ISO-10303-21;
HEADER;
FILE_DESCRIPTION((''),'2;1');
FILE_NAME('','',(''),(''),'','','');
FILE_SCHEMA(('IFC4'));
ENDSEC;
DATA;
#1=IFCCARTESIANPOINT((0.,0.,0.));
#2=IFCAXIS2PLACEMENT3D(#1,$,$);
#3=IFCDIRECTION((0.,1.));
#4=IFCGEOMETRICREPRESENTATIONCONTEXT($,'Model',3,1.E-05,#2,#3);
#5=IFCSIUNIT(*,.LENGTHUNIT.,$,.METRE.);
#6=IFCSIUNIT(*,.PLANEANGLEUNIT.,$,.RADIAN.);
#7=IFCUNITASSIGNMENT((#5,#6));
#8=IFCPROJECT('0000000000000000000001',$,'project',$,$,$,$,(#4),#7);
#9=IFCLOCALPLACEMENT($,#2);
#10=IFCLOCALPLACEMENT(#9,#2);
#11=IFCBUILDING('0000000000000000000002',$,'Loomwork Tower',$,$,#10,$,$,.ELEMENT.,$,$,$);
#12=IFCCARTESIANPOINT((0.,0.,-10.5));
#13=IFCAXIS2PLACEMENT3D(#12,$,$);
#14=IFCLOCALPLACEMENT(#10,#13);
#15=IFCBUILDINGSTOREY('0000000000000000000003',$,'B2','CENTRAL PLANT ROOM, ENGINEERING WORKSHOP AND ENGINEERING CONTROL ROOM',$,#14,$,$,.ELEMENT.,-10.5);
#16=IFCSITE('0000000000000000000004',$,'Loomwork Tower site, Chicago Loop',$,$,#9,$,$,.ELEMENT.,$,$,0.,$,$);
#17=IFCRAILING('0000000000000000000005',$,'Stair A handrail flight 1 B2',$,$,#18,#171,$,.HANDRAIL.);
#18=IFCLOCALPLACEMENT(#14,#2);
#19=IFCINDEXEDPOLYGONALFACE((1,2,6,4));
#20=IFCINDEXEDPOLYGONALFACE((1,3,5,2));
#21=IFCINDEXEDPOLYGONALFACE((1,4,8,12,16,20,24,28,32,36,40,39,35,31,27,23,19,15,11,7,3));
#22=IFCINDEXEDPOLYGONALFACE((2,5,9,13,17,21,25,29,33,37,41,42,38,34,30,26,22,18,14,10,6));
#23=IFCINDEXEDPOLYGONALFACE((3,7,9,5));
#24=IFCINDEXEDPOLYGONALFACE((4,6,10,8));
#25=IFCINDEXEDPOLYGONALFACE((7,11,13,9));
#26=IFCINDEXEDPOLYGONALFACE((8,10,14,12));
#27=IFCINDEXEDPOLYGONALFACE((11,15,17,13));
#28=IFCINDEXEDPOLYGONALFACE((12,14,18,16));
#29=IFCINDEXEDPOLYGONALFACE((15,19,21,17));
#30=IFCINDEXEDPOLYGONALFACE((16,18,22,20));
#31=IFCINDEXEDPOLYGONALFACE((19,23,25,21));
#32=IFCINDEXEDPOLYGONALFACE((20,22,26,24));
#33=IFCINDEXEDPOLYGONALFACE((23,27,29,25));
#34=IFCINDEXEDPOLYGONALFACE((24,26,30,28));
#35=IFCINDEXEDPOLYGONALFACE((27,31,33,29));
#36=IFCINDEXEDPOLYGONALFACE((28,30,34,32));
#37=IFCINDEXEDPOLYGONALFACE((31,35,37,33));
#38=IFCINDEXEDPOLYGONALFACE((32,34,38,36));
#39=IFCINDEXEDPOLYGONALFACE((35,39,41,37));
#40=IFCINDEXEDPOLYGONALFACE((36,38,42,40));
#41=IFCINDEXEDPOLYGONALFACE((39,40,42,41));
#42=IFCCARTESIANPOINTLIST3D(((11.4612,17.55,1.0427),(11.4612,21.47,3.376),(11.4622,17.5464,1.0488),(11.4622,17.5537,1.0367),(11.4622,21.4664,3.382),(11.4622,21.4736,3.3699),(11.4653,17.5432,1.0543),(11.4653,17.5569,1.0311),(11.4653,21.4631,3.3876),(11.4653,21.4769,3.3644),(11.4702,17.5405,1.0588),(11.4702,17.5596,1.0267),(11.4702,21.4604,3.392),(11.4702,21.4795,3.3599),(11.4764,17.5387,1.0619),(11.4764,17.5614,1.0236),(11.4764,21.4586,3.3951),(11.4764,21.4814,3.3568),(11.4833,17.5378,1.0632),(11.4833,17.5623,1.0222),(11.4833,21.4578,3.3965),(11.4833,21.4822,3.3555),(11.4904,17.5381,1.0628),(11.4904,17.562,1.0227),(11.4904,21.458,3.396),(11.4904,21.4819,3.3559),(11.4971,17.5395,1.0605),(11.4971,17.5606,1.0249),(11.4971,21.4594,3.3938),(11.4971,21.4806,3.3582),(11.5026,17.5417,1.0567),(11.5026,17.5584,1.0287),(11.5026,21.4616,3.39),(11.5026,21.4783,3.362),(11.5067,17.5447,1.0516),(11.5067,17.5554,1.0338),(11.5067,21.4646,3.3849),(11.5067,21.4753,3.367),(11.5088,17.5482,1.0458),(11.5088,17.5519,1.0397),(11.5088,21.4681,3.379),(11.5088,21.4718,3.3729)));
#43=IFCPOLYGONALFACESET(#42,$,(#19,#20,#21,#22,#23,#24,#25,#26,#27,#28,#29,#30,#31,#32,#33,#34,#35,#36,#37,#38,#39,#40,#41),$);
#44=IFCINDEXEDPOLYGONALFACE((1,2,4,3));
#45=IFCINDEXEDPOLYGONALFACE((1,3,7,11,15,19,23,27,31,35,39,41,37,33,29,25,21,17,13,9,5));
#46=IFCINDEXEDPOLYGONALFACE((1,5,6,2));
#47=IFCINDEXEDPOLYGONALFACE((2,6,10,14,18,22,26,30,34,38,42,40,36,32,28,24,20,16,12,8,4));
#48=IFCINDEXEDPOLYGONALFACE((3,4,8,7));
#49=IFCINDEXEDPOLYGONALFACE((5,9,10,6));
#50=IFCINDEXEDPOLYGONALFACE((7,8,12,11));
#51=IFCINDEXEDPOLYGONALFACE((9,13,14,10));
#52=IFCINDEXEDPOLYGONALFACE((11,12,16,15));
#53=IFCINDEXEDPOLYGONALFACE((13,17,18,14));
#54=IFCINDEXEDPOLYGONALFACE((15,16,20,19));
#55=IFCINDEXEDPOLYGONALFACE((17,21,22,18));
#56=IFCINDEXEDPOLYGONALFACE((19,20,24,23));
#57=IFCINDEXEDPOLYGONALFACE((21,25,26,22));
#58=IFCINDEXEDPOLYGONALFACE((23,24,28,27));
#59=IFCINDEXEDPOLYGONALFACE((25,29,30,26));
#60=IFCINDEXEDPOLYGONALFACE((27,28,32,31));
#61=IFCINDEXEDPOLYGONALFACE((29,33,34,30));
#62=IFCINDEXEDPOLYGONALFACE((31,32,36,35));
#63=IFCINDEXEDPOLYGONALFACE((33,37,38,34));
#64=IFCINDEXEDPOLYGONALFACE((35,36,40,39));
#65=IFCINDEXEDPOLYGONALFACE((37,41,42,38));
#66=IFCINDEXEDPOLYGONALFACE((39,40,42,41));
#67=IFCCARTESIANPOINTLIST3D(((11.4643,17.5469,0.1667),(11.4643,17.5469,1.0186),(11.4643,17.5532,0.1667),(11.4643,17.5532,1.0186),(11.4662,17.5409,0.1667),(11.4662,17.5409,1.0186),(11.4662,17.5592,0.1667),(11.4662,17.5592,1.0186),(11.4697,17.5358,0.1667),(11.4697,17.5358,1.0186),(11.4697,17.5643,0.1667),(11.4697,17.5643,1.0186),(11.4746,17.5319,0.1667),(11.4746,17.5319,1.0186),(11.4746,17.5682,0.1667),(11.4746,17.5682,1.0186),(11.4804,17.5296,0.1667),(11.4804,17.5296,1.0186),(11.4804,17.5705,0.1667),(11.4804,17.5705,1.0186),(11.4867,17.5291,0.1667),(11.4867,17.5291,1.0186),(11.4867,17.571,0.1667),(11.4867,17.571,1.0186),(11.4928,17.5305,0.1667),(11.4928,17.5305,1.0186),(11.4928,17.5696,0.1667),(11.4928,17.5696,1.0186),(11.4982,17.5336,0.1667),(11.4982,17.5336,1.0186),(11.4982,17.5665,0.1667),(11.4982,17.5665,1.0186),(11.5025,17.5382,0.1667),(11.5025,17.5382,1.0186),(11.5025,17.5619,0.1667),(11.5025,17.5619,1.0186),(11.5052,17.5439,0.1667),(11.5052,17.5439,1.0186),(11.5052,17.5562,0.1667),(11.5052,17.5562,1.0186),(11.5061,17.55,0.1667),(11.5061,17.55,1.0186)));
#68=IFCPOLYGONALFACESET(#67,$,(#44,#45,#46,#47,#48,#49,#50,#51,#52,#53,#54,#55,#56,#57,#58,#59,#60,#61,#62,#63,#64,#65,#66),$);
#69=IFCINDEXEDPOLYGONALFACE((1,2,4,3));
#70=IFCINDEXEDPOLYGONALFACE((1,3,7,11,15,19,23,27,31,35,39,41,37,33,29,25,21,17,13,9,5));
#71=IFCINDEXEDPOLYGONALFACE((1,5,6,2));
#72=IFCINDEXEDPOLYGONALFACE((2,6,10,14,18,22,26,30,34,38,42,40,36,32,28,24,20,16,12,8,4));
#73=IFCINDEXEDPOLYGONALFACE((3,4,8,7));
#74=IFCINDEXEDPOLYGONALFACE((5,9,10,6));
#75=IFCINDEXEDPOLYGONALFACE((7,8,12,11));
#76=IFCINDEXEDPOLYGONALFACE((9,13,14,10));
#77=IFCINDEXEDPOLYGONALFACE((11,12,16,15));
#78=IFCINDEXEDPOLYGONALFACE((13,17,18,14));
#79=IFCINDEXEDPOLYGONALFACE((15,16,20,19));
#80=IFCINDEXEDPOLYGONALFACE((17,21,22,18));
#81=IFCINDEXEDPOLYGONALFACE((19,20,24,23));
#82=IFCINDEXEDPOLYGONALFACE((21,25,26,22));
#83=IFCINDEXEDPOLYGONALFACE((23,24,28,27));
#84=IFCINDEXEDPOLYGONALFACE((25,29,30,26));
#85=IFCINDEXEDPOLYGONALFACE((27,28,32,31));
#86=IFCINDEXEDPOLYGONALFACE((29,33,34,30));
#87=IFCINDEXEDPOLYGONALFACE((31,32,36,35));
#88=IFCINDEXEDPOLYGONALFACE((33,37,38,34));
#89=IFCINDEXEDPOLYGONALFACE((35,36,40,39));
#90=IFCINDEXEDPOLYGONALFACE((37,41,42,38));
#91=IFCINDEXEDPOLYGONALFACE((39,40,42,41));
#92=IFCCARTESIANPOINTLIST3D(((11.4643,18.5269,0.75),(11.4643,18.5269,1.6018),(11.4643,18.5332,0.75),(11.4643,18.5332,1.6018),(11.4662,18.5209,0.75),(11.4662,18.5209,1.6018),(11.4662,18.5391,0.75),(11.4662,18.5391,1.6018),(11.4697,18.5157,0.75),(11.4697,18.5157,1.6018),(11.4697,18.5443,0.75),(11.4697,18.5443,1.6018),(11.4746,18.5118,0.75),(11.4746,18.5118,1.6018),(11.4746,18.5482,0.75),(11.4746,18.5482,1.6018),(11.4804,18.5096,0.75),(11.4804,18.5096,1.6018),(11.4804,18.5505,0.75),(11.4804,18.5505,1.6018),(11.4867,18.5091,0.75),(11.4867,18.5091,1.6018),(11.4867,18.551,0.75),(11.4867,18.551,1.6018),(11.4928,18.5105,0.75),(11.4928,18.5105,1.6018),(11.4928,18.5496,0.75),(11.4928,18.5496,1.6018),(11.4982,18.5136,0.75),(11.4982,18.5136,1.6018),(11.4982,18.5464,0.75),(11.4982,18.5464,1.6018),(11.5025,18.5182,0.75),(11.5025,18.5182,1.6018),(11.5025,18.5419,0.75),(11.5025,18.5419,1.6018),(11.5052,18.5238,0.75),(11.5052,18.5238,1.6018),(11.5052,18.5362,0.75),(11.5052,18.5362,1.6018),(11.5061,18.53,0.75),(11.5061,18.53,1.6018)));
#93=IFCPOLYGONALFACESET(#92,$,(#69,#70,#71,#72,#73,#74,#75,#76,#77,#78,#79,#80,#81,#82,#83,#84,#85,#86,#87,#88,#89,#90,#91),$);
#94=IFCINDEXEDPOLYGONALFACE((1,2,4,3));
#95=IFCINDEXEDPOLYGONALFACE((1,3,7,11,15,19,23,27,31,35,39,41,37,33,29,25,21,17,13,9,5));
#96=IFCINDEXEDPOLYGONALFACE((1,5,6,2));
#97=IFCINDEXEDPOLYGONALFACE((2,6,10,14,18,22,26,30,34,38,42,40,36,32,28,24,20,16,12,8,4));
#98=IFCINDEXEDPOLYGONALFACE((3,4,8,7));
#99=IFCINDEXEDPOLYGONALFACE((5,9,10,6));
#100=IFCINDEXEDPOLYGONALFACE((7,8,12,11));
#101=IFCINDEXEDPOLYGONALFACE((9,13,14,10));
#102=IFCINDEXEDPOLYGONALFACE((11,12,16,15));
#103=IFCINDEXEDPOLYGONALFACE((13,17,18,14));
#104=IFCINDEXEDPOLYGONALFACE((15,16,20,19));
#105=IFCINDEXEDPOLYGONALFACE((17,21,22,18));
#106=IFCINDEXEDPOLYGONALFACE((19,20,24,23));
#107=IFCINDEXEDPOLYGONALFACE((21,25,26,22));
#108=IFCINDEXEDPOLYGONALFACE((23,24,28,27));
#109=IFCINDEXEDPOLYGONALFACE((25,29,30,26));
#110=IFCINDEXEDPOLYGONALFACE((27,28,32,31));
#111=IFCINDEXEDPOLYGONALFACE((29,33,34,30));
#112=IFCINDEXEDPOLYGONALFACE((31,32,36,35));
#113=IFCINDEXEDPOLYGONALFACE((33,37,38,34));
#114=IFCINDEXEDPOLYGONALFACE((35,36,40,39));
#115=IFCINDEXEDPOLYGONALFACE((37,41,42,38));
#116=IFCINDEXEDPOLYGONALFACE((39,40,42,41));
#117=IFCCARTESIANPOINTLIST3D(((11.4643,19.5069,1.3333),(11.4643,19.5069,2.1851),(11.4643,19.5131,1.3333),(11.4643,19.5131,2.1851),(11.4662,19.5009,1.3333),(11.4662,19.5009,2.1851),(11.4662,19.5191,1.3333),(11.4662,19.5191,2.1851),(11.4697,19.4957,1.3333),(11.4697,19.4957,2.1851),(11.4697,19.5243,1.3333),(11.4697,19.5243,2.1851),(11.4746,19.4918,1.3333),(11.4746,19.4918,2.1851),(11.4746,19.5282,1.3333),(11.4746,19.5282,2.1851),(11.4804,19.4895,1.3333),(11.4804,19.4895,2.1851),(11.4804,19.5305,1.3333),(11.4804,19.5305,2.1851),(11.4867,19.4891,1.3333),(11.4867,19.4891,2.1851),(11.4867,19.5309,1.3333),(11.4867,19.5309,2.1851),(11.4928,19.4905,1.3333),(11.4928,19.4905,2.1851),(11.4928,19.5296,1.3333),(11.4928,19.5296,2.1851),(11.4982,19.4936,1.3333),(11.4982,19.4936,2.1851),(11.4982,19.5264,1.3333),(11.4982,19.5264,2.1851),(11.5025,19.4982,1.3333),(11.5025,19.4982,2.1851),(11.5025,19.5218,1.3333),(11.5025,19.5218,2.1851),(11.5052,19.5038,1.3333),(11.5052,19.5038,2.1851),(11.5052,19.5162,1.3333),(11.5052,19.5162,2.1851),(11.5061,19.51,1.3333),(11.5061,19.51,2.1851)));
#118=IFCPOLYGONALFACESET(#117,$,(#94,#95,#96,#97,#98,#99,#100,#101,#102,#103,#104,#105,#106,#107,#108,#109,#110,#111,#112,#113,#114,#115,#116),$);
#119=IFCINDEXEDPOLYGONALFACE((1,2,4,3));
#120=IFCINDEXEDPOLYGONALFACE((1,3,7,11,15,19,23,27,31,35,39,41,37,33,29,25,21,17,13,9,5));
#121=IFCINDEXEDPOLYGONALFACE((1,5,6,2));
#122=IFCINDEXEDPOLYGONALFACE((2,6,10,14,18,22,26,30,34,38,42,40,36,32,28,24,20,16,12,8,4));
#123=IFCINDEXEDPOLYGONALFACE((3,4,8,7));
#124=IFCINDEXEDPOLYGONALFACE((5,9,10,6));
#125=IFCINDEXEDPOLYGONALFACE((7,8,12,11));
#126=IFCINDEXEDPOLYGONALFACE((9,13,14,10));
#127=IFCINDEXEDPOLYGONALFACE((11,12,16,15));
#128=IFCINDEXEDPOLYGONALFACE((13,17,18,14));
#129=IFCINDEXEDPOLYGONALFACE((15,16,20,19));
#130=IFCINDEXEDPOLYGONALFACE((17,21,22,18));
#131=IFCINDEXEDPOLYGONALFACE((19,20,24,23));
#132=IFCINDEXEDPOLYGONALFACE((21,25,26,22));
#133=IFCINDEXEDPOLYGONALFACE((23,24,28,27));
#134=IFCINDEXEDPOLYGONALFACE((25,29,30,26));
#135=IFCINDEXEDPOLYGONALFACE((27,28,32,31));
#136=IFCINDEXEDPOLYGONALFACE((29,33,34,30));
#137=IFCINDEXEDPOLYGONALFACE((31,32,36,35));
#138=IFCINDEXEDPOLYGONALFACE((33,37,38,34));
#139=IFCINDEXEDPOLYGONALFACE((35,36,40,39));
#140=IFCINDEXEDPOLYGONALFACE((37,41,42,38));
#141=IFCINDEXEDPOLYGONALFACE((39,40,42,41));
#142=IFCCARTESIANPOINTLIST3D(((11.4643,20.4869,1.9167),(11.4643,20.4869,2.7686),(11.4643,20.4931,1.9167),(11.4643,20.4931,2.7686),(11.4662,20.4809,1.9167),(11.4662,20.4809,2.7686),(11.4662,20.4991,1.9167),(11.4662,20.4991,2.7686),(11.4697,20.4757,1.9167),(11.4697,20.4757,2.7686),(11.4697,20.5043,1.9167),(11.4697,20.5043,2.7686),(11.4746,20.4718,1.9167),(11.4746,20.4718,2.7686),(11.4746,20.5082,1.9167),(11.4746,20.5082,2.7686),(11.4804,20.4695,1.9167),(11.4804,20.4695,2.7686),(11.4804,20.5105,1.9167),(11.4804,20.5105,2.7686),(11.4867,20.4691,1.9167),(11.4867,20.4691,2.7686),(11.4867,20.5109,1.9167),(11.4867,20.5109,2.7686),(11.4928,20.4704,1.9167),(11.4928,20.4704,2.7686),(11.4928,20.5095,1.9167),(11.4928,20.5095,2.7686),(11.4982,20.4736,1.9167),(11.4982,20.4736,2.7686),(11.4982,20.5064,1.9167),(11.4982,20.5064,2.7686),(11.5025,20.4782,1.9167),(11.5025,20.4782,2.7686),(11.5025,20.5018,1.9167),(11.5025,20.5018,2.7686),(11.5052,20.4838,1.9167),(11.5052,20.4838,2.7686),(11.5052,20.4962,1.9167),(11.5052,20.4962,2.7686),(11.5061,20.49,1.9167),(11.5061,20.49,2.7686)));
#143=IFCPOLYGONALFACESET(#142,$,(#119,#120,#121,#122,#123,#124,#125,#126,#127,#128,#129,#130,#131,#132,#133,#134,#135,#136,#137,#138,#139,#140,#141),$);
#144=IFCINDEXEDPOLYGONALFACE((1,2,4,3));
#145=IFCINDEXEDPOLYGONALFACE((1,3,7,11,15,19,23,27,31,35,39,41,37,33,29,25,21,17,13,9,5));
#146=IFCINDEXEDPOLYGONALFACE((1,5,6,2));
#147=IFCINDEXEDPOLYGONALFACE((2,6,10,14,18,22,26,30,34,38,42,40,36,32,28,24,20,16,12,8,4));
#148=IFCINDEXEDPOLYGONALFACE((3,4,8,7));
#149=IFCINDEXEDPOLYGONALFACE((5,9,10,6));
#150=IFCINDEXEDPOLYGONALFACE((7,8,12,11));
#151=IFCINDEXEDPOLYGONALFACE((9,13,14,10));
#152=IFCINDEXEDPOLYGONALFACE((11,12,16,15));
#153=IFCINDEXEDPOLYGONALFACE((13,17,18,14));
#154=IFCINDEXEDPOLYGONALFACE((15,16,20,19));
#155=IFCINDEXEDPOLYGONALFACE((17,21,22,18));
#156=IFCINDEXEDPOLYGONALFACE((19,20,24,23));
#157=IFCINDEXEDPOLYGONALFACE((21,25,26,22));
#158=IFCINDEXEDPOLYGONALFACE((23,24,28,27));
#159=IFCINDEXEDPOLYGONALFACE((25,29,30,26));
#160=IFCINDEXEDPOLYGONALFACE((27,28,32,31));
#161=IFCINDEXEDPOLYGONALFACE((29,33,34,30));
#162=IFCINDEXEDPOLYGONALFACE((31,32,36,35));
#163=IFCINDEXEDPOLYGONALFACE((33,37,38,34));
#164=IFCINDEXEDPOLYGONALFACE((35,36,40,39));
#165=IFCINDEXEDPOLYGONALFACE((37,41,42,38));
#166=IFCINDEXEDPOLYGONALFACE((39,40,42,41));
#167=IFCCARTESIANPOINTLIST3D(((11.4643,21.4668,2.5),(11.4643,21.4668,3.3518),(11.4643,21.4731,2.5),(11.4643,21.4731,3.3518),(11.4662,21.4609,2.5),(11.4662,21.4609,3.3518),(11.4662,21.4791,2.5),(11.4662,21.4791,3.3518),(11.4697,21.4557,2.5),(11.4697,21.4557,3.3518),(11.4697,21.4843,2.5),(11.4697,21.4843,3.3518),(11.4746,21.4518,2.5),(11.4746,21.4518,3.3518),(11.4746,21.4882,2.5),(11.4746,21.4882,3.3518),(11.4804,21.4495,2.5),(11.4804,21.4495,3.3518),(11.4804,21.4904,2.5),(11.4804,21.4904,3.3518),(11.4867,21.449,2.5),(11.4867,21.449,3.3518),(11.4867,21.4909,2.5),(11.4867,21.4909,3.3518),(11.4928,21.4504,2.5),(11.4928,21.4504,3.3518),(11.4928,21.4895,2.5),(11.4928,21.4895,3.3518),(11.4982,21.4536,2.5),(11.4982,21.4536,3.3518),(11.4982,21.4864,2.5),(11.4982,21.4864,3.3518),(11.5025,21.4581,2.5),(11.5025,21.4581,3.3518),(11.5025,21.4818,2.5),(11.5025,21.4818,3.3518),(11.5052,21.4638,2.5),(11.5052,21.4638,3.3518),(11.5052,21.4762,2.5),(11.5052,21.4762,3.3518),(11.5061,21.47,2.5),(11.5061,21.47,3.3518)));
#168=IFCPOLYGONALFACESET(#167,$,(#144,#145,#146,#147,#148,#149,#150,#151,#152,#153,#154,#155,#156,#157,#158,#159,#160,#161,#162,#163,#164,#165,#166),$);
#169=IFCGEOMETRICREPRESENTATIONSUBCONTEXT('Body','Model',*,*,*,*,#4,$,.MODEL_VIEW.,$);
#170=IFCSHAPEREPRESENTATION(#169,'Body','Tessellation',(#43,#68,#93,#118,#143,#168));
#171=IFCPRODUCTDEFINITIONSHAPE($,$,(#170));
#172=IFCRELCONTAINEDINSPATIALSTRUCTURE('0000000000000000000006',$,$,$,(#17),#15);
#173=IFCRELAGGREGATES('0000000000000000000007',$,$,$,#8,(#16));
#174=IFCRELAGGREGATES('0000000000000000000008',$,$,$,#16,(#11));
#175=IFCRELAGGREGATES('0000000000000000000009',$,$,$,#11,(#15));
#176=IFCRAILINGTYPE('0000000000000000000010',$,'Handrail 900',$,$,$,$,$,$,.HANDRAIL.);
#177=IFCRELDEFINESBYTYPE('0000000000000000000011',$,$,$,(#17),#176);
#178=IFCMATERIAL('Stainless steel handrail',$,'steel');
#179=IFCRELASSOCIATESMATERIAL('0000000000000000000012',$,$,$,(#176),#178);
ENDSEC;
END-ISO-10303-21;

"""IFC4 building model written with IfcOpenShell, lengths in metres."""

from ifc_helpers import new_model, si_unit, direction, frame, origin, origin_2d, place, context, subcontext, project, spatial, circle, extrude, material, type_object, element, save


model = new_model("IFC4")

# Units and contexts
model_context = context("Model", 3, precision=1e-05, world=origin(), true_north=direction((0.0, 1.0)))
body_context = subcontext(model_context, "Body", "Model", "MODEL_VIEW")
ifc_project = project(units=[si_unit("LENGTHUNIT", "METRE"), si_unit("PLANEANGLEUNIT", "RADIAN")], contexts=[model_context])

# Site, building, storey
site_placement = place(None, origin())
site = spatial("IfcSite", under=ifc_project, at=site_placement, Name="Loomwork Tower site, Chicago Loop", CompositionType="ELEMENT", RefElevation=0.0)
building_placement = place(site_placement, origin())
building = spatial("IfcBuilding", under=site, at=building_placement, Name="Loomwork Tower", CompositionType="ELEMENT")
storey_placement = place(building_placement, frame((0.0, 0.0, -10.5)))
storey = spatial("IfcBuildingStorey", under=building, at=storey_placement, Name="B2", Description="CENTRAL PLANT ROOM, ENGINEERING WORKSHOP AND ENGINEERING CONTROL ROOM", CompositionType="ELEMENT", Elevation=-10.5)

# Railing
ifc_material_1 = material(Name="Stainless steel handrail", Category="steel")
railing_type = type_object("IfcRailingType", Name="Handrail 900", PredefinedType="HANDRAIL", material=ifc_material_1)
railing_1_placement = place(storey_placement, frame((11.4851, 17.55, 0.1667)))
element("IfcRailing", 1, at=railing_1_placement, inside=storey, type_object=railing_type, Name="Stair A handrail flight 1 B2", PredefinedType="HANDRAIL", context=body_context, shape_type="SweptSolid", body=[
    extrude(circle(Radius=0.0239, at=origin_2d()), frame((0.0, 0.0, 0.876), z_axis=(0.0, 0.859296, 0.511478), x_axis=(-1.0, 0.0, 0.0)), (0.0, 0.0, 1.0), 4.5618),
    extrude(circle(Radius=0.021, at=origin_2d()), origin(), (0.0, 0.0, 1.0), 0.8518),
    extrude(circle(Radius=0.021, at=origin_2d()), frame((0.0, 0.98, 0.5833)), (0.0, 0.0, 1.0), 0.8518),
    extrude(circle(Radius=0.021, at=origin_2d()), frame((0.0, 1.96, 1.1665)), (0.0, 0.0, 1.0), 0.8518),
    extrude(circle(Radius=0.021, at=origin_2d()), frame((0.0, 2.9399, 1.75)), (0.0, 0.0, 1.0), 0.8518),
    extrude(circle(Radius=0.021, at=origin_2d()), frame((0.0, 3.9199, 2.3333)), (0.0, 0.0, 1.0), 0.8518),
])

save(model, "model.ifc")
